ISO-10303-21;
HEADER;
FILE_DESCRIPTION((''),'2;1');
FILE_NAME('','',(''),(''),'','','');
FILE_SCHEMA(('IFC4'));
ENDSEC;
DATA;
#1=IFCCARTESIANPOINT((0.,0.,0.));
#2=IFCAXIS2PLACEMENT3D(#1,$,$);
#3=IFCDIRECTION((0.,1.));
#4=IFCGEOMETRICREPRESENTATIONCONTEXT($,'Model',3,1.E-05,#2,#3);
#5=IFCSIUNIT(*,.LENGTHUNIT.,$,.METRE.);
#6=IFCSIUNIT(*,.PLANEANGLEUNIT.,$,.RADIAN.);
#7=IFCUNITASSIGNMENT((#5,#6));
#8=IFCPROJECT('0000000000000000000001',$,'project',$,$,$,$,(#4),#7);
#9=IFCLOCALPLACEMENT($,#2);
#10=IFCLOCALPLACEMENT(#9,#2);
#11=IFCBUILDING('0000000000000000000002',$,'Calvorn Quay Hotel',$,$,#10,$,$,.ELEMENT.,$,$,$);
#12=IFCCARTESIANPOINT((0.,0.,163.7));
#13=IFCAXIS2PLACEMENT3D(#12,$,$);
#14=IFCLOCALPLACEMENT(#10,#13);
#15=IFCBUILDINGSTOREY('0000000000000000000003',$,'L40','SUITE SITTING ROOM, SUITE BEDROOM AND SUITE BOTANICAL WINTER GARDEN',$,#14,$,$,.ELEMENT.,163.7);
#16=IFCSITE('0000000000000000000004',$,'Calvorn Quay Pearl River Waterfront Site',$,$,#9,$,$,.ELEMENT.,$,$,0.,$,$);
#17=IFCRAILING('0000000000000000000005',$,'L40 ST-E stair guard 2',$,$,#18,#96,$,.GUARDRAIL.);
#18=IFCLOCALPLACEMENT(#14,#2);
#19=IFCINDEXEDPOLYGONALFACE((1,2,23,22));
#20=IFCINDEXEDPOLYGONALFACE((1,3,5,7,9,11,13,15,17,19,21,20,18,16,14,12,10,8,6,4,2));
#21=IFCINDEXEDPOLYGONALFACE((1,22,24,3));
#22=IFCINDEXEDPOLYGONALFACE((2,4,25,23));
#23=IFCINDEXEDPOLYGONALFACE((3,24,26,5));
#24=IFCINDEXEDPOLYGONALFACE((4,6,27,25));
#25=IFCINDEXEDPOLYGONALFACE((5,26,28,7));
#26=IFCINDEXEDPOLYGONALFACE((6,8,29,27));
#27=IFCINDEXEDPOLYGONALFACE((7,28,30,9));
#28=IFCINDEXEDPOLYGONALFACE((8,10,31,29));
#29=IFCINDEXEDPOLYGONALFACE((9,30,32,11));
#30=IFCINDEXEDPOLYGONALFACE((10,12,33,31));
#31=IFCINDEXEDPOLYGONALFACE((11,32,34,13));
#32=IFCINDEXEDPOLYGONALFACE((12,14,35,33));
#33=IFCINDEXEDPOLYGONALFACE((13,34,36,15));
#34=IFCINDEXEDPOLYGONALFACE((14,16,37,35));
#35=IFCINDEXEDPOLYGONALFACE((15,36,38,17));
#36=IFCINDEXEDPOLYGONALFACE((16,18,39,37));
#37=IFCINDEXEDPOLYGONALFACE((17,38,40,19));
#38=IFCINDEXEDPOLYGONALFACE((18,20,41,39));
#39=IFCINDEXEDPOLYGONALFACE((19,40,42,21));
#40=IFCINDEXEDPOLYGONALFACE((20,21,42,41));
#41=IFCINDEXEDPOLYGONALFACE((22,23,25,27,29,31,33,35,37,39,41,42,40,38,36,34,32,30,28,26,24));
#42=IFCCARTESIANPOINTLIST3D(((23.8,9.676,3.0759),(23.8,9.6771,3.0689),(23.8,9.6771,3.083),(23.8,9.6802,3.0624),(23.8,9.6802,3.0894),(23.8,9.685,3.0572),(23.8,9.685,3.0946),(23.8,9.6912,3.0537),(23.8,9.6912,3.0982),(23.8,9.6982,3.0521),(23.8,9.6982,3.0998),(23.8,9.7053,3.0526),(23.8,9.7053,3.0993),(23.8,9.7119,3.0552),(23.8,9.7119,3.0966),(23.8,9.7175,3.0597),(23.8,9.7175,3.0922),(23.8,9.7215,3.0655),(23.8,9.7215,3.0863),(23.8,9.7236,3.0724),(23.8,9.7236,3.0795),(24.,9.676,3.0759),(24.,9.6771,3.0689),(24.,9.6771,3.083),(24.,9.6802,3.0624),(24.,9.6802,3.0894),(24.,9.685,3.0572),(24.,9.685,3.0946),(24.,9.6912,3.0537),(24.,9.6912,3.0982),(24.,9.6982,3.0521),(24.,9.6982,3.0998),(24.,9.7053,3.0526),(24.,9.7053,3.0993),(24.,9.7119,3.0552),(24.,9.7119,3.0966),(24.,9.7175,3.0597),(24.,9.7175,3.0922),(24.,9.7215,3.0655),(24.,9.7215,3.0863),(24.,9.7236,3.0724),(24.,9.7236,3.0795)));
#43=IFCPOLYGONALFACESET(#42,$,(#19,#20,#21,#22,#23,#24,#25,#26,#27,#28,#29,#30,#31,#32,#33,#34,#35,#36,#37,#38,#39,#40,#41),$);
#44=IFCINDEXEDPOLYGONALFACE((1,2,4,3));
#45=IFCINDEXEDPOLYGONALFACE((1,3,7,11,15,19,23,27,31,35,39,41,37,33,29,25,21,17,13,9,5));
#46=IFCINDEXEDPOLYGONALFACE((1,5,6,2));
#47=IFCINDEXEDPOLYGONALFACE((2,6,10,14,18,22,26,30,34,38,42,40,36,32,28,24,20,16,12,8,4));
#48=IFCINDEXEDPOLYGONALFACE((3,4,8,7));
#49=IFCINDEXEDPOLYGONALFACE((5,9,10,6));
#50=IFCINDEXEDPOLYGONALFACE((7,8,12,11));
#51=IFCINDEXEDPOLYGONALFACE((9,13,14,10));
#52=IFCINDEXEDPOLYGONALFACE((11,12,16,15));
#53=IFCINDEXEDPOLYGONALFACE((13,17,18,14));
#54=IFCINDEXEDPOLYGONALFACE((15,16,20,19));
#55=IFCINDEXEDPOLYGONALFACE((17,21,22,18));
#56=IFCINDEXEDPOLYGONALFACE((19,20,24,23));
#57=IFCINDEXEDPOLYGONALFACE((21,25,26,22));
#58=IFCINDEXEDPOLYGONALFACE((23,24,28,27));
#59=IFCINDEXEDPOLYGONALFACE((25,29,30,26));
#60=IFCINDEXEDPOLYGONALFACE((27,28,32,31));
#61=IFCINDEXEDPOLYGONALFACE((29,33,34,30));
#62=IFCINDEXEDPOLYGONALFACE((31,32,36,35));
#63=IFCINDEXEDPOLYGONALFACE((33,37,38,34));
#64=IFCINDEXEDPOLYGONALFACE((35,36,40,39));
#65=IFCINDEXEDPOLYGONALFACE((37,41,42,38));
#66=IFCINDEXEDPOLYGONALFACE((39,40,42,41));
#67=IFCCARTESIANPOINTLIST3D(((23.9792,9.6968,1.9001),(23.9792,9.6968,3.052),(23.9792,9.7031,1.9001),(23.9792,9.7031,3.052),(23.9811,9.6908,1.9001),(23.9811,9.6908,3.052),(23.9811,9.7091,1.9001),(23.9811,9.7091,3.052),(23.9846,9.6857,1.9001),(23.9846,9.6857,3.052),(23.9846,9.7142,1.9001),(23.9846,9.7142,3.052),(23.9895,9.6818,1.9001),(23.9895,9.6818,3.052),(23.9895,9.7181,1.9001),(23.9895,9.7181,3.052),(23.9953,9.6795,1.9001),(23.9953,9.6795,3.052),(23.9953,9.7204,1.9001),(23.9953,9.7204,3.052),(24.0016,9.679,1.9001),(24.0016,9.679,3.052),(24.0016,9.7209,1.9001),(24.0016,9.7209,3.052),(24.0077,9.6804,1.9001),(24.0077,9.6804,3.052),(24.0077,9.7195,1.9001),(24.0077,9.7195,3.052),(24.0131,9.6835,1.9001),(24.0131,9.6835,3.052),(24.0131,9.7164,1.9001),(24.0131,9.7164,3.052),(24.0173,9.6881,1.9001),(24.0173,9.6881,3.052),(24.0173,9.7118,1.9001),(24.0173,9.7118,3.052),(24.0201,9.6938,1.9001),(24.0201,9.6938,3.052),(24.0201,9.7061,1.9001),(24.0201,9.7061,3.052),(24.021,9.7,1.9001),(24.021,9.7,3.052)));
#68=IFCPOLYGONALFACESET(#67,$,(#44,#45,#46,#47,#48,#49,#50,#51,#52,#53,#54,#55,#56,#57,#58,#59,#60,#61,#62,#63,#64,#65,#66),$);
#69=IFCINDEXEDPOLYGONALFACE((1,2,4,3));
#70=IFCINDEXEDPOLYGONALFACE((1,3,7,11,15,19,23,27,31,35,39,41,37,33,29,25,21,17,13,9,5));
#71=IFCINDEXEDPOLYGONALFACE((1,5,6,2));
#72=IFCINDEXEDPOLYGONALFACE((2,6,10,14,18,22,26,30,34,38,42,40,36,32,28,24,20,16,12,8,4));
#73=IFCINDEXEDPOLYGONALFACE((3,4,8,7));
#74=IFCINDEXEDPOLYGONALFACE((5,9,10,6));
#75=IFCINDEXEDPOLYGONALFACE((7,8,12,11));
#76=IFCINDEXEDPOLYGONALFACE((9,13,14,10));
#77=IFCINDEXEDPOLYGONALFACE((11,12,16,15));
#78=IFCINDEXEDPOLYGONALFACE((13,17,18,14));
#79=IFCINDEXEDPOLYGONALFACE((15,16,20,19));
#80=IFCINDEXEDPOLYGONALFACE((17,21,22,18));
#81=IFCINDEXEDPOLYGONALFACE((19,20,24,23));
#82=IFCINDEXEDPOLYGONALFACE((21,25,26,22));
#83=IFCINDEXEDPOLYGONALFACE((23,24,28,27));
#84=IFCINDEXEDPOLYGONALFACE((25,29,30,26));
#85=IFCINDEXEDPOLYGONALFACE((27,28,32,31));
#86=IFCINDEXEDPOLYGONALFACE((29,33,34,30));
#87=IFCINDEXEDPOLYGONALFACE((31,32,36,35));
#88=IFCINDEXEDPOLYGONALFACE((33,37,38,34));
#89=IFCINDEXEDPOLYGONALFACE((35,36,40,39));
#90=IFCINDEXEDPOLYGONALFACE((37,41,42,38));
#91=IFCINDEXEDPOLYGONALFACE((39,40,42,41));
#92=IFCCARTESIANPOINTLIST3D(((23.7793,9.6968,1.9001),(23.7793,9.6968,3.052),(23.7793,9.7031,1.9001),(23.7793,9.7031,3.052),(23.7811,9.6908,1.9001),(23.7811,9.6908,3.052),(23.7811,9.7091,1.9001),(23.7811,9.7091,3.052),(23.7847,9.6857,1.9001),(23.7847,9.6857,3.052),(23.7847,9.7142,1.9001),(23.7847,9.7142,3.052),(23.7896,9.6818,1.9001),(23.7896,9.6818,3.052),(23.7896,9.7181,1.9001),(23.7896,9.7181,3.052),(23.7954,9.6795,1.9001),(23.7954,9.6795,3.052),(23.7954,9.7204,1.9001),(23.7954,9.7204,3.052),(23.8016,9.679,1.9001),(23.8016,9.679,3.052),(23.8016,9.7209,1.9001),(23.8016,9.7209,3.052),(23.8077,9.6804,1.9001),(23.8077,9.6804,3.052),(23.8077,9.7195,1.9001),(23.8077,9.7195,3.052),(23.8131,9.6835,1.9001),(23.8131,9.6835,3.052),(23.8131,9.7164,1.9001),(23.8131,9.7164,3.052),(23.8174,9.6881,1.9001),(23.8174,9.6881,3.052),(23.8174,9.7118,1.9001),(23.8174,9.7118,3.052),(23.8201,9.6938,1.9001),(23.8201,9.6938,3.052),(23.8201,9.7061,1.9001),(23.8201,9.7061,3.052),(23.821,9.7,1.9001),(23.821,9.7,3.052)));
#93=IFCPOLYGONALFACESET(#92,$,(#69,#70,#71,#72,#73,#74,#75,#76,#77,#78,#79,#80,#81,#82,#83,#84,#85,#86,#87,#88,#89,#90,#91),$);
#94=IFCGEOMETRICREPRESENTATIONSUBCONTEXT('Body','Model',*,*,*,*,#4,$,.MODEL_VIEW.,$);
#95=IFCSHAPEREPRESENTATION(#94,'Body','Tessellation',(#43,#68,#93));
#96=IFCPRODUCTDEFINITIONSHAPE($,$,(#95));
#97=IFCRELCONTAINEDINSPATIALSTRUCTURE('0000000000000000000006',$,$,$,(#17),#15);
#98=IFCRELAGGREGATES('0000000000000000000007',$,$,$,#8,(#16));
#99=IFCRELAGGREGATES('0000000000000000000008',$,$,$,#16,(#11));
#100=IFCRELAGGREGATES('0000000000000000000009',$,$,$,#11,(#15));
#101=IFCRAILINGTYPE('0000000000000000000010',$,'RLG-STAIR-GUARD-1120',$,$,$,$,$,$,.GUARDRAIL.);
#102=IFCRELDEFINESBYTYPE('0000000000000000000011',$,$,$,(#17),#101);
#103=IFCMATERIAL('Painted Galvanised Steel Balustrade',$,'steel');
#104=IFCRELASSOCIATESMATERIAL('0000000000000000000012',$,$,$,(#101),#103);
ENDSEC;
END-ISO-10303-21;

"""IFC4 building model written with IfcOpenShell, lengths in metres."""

from ifc_helpers import new_model, si_unit, direction, frame, origin, origin_2d, place, context, subcontext, project, spatial, circle, extrude, material, type_object, element, save


model = new_model("IFC4")

# Units and contexts
model_context = context("Model", 3, precision=1e-05, world=origin(), true_north=direction((0.0, 1.0)))
body_context = subcontext(model_context, "Body", "Model", "MODEL_VIEW")
ifc_project = project(units=[si_unit("LENGTHUNIT", "METRE"), si_unit("PLANEANGLEUNIT", "RADIAN")], contexts=[model_context])

# Site, building, storey
site_placement = place(None, origin())
site = spatial("IfcSite", under=ifc_project, at=site_placement, Name="Calvorn Quay Pearl River Waterfront Site", CompositionType="ELEMENT", RefElevation=0.0)
building_placement = place(site_placement, origin())
building = spatial("IfcBuilding", under=site, at=building_placement, Name="Calvorn Quay Hotel", CompositionType="ELEMENT")
storey_placement = place(building_placement, frame((0.0, 0.0, 163.7)))
storey = spatial("IfcBuildingStorey", under=building, at=storey_placement, Name="L40", Description="SUITE SITTING ROOM, SUITE BEDROOM AND SUITE BOTANICAL WINTER GARDEN", CompositionType="ELEMENT", Elevation=163.7)

# Railing
ifc_material_1 = material(Name="Painted Galvanised Steel Balustrade", Category="steel")
railing_type = type_object("IfcRailingType", Name="RLG-STAIR-GUARD-1120", PredefinedType="GUARDRAIL", material=ifc_material_1)
railing_placement = place(storey_placement, frame((24.0, 9.7, 1.9001)))
element("IfcRailing", 1, at=railing_placement, inside=storey, type_object=railing_type, Name="L40 ST-E stair guard 2", PredefinedType="GUARDRAIL", context=body_context, shape_type="SweptSolid", body=[
    extrude(circle(Radius=0.0239, at=origin_2d()), frame((0.0, 0.0, 1.1758), z_axis=(-1.0, 0.0, 0.0), x_axis=(0.0, -1.0, 0.0)), (0.0, 0.0, 1.0), 0.2),
    extrude(circle(Radius=0.021, at=origin_2d()), origin(), (0.0, 0.0, 1.0), 1.1519),
    extrude(circle(Radius=0.021, at=origin_2d()), frame((-0.2, 0.0, 0.0)), (0.0, 0.0, 1.0), 1.1519),
])

save(model, "model.ifc")
